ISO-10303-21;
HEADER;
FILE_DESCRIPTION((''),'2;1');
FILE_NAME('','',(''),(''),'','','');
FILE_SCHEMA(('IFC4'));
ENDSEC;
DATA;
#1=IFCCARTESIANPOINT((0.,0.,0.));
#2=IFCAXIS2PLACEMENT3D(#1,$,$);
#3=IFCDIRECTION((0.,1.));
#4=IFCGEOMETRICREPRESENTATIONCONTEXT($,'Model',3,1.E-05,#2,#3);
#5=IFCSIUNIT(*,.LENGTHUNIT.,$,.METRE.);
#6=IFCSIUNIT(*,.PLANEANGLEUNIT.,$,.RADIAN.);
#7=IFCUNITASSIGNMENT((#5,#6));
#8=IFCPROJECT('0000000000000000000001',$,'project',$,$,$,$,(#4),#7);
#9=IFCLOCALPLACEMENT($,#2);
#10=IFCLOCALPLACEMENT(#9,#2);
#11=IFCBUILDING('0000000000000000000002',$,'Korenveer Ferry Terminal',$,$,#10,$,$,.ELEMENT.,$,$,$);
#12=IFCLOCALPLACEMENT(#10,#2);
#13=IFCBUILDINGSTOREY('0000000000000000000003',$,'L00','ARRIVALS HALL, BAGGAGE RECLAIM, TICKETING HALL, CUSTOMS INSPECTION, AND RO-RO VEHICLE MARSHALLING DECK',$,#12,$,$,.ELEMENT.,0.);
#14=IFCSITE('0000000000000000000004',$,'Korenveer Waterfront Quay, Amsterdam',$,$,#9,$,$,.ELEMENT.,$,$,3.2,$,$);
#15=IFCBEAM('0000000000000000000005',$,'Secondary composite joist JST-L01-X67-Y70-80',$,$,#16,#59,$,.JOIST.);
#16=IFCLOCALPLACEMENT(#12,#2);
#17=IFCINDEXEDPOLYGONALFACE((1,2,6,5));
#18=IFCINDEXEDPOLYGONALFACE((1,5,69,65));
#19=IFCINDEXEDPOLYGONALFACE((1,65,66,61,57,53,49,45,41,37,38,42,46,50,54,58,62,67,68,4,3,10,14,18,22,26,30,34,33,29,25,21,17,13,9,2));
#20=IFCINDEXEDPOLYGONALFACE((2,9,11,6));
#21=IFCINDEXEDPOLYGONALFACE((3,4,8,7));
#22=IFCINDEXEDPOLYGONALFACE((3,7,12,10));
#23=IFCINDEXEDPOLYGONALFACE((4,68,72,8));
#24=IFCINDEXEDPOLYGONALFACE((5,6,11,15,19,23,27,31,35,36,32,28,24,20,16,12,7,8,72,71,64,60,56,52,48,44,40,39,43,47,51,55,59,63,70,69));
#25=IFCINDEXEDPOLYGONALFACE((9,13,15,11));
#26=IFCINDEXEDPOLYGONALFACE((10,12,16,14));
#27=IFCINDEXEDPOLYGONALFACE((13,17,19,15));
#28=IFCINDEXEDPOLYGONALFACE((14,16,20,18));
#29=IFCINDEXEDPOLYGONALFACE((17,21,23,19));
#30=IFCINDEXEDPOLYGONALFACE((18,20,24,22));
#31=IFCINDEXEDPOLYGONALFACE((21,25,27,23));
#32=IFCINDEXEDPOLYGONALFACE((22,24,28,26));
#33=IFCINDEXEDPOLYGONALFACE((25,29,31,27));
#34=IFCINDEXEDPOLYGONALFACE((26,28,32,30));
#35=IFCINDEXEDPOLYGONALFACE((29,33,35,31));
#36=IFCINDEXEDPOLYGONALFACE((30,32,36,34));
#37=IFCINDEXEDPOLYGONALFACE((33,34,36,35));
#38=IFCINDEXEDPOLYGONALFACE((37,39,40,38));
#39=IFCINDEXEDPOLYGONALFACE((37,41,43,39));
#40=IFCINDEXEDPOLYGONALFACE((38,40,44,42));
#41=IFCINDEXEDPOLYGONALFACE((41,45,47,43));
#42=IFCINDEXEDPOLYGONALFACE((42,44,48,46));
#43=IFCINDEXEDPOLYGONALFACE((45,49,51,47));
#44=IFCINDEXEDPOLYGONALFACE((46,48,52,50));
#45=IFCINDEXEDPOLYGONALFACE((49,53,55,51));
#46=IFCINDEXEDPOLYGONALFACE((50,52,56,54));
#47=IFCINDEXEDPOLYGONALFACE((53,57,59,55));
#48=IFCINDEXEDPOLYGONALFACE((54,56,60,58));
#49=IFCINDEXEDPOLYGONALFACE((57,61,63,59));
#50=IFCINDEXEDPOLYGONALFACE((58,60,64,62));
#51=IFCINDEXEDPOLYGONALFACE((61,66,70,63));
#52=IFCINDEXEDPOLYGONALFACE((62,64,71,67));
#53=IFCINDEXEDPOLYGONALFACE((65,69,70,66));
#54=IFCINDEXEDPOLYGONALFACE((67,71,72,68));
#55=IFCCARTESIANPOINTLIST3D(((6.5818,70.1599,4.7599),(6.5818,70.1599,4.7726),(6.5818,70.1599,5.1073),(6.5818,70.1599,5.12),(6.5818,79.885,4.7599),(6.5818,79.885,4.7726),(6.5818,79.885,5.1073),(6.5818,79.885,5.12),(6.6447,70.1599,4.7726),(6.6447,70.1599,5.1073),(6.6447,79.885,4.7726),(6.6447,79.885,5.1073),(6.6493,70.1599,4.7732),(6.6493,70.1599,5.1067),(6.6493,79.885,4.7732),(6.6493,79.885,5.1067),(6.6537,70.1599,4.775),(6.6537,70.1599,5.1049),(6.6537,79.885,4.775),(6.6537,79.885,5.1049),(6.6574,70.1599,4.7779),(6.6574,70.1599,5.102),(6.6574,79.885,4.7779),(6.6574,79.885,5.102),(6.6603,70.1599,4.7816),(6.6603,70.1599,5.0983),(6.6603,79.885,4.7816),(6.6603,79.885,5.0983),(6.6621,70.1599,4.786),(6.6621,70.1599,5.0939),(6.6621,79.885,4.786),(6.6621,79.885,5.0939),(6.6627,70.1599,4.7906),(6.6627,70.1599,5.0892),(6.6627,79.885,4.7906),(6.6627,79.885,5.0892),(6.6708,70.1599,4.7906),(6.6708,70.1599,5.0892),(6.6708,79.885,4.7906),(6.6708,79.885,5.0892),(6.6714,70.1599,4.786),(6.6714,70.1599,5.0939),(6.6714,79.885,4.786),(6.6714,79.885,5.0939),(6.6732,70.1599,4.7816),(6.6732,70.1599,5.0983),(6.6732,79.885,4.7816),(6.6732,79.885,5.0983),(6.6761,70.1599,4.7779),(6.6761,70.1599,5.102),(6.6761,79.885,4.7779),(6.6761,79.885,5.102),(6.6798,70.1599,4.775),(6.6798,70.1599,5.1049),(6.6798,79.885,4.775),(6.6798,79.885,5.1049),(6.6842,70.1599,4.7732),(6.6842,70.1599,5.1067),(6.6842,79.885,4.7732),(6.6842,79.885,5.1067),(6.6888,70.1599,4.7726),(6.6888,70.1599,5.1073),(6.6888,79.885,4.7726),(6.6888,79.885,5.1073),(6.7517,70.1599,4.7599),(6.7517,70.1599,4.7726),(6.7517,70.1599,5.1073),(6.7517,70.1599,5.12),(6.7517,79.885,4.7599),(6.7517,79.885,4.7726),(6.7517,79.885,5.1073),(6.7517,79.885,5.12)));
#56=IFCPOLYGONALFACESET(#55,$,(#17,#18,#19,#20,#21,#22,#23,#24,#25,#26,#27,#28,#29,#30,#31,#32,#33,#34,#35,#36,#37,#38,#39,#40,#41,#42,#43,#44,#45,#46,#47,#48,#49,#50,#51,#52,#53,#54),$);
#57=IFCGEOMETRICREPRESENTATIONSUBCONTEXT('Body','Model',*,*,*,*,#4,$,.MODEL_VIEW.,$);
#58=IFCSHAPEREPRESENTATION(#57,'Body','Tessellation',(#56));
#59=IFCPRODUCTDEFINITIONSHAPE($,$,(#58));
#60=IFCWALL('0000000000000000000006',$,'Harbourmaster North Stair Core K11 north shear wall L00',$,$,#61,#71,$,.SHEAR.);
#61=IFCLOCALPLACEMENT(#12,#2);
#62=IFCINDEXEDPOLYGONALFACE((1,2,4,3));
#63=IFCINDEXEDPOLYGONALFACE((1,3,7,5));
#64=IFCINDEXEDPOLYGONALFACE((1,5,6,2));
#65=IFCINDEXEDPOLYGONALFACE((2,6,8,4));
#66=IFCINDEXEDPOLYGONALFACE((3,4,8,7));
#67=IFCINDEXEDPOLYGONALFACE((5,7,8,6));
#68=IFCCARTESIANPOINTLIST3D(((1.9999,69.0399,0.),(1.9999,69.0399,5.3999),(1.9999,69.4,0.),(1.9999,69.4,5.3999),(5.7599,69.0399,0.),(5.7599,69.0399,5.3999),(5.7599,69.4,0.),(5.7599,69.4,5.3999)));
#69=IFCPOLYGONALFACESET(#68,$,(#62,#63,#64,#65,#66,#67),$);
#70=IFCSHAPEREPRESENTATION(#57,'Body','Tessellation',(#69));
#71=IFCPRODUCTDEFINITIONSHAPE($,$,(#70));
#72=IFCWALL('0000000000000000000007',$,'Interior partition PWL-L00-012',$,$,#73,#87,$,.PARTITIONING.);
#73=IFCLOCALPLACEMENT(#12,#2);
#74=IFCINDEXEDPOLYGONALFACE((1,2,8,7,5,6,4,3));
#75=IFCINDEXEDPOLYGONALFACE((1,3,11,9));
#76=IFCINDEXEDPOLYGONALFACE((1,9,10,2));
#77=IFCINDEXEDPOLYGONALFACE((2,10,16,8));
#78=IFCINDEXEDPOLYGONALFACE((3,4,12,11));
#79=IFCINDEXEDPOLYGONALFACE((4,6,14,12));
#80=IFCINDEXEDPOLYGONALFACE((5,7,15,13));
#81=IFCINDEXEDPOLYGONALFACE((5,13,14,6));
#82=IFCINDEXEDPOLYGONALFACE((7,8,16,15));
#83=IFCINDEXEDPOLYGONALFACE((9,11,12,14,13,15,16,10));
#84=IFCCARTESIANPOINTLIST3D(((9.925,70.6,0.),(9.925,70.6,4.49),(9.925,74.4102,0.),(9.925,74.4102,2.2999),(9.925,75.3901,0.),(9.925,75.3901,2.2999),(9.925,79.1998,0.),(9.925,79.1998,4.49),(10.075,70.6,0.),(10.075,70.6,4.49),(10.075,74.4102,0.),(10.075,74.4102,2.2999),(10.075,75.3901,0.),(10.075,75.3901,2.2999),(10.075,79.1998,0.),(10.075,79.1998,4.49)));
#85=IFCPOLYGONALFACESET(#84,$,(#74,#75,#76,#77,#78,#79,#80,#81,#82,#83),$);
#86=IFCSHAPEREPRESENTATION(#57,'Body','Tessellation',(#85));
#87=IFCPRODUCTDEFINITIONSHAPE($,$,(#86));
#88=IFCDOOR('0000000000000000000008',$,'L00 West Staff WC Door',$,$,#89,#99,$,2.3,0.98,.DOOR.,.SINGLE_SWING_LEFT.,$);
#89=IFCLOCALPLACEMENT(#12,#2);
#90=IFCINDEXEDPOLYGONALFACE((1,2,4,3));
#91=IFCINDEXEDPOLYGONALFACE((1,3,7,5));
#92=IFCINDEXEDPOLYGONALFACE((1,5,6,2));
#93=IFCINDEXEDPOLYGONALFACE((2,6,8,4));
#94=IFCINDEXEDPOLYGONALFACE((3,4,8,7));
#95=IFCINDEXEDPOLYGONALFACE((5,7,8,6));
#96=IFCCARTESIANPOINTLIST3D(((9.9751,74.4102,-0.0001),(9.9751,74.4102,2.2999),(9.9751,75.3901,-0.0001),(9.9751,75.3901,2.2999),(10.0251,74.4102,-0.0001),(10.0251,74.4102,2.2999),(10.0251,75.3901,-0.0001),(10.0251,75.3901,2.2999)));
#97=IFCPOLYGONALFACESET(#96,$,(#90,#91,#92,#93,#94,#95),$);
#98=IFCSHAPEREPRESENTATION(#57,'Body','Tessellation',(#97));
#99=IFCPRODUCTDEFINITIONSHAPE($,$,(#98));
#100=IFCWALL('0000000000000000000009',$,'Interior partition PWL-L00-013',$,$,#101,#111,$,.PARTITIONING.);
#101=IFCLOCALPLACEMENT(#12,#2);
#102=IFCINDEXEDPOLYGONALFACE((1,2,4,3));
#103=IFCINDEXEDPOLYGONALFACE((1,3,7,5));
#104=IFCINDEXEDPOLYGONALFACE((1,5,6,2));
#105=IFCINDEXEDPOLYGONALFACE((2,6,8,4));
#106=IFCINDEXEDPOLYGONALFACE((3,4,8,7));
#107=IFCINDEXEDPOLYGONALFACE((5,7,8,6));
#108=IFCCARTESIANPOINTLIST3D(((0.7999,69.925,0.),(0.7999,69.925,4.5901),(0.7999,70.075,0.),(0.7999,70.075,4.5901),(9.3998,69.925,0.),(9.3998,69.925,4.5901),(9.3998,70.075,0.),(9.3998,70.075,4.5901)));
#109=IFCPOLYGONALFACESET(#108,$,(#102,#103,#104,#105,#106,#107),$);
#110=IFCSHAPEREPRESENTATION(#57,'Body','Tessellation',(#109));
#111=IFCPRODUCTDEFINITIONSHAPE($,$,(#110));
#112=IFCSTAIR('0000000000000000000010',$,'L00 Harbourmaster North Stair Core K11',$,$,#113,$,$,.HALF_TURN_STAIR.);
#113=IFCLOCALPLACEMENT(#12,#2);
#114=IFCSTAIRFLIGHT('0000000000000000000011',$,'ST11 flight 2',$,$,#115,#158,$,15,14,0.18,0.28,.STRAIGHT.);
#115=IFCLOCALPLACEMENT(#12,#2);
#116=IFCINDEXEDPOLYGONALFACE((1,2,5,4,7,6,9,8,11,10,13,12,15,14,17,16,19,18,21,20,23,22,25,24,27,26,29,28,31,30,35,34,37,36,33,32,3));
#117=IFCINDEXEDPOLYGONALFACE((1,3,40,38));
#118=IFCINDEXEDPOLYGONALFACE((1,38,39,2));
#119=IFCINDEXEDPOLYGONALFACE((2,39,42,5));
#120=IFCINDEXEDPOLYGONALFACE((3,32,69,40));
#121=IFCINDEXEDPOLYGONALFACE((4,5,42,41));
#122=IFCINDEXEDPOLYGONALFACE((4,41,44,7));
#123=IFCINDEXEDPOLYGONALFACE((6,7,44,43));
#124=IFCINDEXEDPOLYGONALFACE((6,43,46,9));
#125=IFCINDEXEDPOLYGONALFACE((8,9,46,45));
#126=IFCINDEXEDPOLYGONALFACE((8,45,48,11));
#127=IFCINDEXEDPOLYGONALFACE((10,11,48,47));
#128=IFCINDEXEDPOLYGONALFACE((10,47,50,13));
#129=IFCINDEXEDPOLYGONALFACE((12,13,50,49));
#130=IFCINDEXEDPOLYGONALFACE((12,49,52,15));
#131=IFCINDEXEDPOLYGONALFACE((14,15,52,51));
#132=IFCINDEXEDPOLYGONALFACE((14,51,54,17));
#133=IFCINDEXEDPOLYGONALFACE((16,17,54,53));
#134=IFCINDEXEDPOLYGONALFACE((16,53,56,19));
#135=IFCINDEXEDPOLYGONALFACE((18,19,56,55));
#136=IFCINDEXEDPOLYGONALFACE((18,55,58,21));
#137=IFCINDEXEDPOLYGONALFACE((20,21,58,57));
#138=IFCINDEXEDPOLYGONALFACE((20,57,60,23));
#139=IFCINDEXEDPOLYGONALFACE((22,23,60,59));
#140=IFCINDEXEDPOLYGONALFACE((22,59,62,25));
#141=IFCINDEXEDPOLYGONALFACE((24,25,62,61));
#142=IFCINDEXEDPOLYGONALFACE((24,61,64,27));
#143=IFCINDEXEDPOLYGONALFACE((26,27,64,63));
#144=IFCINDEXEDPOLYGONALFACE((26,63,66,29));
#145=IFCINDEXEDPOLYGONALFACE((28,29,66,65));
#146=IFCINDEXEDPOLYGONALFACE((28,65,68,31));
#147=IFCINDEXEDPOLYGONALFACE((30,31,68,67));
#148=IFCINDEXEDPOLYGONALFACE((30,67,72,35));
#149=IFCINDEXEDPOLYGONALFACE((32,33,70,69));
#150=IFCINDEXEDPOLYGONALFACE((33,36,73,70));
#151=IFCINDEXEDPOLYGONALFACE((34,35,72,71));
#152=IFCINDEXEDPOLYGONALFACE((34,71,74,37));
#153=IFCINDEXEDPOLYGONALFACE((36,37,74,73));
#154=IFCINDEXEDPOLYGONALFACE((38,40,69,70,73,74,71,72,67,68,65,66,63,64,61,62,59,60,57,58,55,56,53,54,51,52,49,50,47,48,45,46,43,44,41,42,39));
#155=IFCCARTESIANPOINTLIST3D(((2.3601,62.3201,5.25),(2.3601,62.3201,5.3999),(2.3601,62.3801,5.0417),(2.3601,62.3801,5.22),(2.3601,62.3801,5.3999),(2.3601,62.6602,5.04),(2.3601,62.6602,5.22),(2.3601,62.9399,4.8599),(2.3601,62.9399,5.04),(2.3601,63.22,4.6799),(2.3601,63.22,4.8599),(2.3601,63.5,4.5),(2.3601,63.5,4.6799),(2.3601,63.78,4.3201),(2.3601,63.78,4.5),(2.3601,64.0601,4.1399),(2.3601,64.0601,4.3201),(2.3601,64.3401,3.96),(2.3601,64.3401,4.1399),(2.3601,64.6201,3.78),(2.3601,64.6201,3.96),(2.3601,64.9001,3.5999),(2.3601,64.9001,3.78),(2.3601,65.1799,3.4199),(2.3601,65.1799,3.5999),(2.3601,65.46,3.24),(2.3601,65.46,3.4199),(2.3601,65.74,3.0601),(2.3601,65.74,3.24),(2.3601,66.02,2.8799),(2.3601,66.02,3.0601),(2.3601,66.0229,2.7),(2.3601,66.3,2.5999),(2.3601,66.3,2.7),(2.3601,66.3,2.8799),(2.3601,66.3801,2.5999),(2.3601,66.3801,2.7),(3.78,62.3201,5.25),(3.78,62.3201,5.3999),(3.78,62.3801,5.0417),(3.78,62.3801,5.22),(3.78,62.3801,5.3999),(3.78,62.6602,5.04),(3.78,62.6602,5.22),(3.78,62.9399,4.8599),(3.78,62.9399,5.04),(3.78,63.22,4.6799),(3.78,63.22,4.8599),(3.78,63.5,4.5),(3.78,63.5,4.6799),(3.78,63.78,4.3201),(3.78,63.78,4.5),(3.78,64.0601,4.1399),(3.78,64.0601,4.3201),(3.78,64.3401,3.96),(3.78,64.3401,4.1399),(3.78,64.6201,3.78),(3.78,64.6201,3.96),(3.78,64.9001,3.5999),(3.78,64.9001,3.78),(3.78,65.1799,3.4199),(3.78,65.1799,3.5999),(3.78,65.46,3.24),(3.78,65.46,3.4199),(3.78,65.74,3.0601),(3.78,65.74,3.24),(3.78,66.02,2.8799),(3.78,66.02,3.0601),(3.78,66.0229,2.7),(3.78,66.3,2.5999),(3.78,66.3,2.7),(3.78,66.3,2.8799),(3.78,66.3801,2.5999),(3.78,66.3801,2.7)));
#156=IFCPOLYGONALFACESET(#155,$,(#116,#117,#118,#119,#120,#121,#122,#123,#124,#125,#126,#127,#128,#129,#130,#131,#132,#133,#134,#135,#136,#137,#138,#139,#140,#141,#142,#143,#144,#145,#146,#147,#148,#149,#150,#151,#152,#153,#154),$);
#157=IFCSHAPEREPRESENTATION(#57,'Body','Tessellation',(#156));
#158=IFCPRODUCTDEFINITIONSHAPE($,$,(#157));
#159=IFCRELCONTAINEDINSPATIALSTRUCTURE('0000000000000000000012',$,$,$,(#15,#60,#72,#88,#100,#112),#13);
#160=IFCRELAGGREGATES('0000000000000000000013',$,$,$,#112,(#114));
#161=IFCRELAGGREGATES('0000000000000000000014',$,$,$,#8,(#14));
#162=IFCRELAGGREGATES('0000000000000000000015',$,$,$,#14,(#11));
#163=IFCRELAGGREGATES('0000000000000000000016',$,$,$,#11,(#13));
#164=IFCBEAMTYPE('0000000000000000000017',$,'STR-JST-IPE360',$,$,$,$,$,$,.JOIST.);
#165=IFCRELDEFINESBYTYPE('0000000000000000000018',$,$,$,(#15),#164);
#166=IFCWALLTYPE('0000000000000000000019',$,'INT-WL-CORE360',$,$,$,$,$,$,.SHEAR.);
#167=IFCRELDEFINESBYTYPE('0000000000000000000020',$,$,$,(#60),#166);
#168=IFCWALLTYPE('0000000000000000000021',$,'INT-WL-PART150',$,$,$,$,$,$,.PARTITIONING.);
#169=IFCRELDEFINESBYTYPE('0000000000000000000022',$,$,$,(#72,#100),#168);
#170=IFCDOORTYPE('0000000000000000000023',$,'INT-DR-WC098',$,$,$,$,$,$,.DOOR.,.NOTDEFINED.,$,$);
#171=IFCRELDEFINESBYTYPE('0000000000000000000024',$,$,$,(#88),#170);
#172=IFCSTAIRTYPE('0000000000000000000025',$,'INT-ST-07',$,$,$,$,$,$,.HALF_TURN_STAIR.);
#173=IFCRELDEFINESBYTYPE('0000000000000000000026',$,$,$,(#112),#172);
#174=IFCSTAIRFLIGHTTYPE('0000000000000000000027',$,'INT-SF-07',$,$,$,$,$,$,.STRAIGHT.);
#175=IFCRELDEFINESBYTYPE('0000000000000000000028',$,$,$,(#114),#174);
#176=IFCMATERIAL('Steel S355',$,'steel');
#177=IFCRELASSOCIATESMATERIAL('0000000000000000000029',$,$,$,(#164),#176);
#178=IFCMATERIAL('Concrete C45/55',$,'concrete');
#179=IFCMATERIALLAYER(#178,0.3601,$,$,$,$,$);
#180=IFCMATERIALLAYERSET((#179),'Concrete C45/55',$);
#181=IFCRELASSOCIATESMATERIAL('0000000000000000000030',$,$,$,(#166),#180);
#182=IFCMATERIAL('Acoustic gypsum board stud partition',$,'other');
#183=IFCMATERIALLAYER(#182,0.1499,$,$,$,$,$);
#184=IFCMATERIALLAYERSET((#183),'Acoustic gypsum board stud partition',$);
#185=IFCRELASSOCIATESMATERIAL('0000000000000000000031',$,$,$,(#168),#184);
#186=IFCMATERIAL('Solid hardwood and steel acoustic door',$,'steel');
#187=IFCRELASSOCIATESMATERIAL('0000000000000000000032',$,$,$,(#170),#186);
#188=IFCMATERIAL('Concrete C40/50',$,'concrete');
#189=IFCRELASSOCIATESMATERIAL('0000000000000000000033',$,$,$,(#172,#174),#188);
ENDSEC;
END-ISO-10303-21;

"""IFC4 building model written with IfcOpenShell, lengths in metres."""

from ifc_helpers import new_model, si_unit, direction, frame, frame_2d, origin, origin_2d, place, context, subcontext, project, spatial, polyline, rectangle, i_section, outline, extrude, material, layer, layer_set, material_profile, profile_set, type_object, element, fill, aggregate, save


model = new_model("IFC4")

# Units and contexts
model_context = context("Model", 3, precision=1e-05, world=origin(), true_north=direction((0.0, 1.0)))
body_context = subcontext(model_context, "Body", "Model", "MODEL_VIEW")
ifc_project = project(units=[si_unit("LENGTHUNIT", "METRE"), si_unit("PLANEANGLEUNIT", "RADIAN")], contexts=[model_context])

# Site, building, storey
site_placement = place(None, origin())
site = spatial("IfcSite", under=ifc_project, at=site_placement, Name="Korenveer Waterfront Quay, Amsterdam", CompositionType="ELEMENT", RefElevation=3.2)
building_placement = place(site_placement, origin())
building = spatial("IfcBuilding", under=site, at=building_placement, Name="Korenveer Ferry Terminal", CompositionType="ELEMENT")
storey_placement = place(building_placement, origin())
storey = spatial("IfcBuildingStorey", under=building, at=storey_placement, Name="L00", Description="ARRIVALS HALL, BAGGAGE RECLAIM, TICKETING HALL, CUSTOMS INSPECTION, AND RO-RO VEHICLE MARSHALLING DECK", CompositionType="ELEMENT", Elevation=0.0)

# Shared definitions
ifc_material_1 = material(Name="Concrete C45/55", Category="concrete")

# Shared definitions
ifc_material_2 = material(Name="Concrete C40/50", Category="concrete")

# Beam
ifc_material_3 = material(Name="Steel S355", Category="steel")
ifc_material_profile_1 = material_profile(ifc_material_3, i_section(OverallWidth=0.1699, OverallDepth=0.3601, WebThickness=0.0081, FlangeThickness=0.0127, FilletRadius=0.0181, at=origin_2d()), Name="IPE 360")
ifc_profile_set_1 = profile_set([ifc_material_profile_1], Name="Steel S355")
beam_type_1 = type_object("IfcBeamType", Name="STR-JST-IPE360", PredefinedType="JOIST", material=ifc_profile_set_1)
for number, where, z_axis, x_axis, name in (
    (1, (6.6667, 70.1599, 4.9399), (0.0, 1.0, 0.0), (-1.0, 0.0, 0.0), "Secondary composite joist JST-L01-X67-Y70-80"),
):
    element("IfcBeam", number, at=place(storey_placement, frame(where, z_axis=z_axis, x_axis=x_axis)), inside=storey, type_object=beam_type_1, Name=name, PredefinedType="JOIST", context=body_context, shape_type="SweptSolid", body=[
        extrude(i_section(OverallWidth=0.1699, OverallDepth=0.3601, WebThickness=0.0081, FlangeThickness=0.0127, FilletRadius=0.0181, at=origin_2d()), origin(), (0.0, 0.0, 1.0), 9.7251),
    ])

# Wall
ifc_layer_1 = layer(ifc_material_1, 0.3601)
ifc_layer_set_1 = layer_set([ifc_layer_1], Name="Concrete C45/55")
wall_type_1 = type_object("IfcWallType", Name="INT-WL-CORE360", PredefinedType="SHEAR", material=ifc_layer_set_1)
wall_1_placement = place(storey_placement, frame((2.0, 69.22, 0.0), z_axis=(0.0, 0.0, 1.0), x_axis=(1.0, 0.0, 0.0)))
element("IfcWall", 2, at=wall_1_placement, inside=storey, type_object=wall_type_1, Name="Harbourmaster North Stair Core K11 north shear wall L00", PredefinedType="SHEAR", context=body_context, shape_type="SweptSolid", body=[
    extrude(rectangle(XDim=3.76, YDim=0.3601, at=frame_2d((1.8799, 0.0))), origin(), (0.0, 0.0, 1.0), 5.3999),
])

# Wall, opening, door
ifc_material_4 = material(Name="Acoustic gypsum board stud partition", Category="other")
ifc_layer_2 = layer(ifc_material_4, 0.1499)
ifc_layer_set_2 = layer_set([ifc_layer_2], Name="Acoustic gypsum board stud partition")
wall_type_2 = type_object("IfcWallType", Name="INT-WL-PART150", PredefinedType="PARTITIONING", material=ifc_layer_set_2)
wall_2_placement = place(storey_placement, frame((10.0, 70.6001, 0.0), z_axis=(0.0, 0.0, 1.0), x_axis=(0.0, 1.0, 0.0)))
wall_2 = element("IfcWall", 3, at=wall_2_placement, inside=storey, type_object=wall_type_2, Name="Interior partition PWL-L00-012", PredefinedType="PARTITIONING", context=body_context, shape_type="SweptSolid", body=[
    extrude(rectangle(XDim=8.5999, YDim=0.1499, at=frame_2d((4.2998, 0.0))), origin(), (0.0, 0.0, 1.0), 4.49),
])
opening_placement = place(wall_2_placement, frame((3.8101, 0.0, 0.0)))
opening = element("IfcOpeningElement", 4, at=opening_placement, cuts=wall_2, PredefinedType="OPENING", context=body_context, shape_type="SweptSolid", body=[
    extrude(rectangle(XDim=0.98, YDim=2.3, at=frame_2d((0.49, 1.1499))), frame((0.0, 0.085, 0.0), z_axis=(0.0, -1.0, 0.0), x_axis=(1.0, 0.0, 0.0)), (0.0, 0.0, 1.0), 0.1699),
])
ifc_material_5 = material(Name="Solid hardwood and steel acoustic door", Category="steel")
door_type = type_object("IfcDoorType", Name="INT-DR-WC098", OperationType="NOTDEFINED", PredefinedType="DOOR", material=ifc_material_5)
door_placement = place(opening_placement, origin())
door = element("IfcDoor", 5, at=door_placement, inside=storey, type_object=door_type, Name="L00 West Staff WC Door", OperationType="SINGLE_SWING_LEFT", OverallHeight=2.3, OverallWidth=0.98, PredefinedType="DOOR", context=body_context, shape_type="SweptSolid", body=[
    extrude(rectangle(XDim=0.98, YDim=2.3, at=frame_2d((0.49, 1.1499))), frame((0.0, 0.0249, 0.0), z_axis=(0.0, -1.0, 0.0), x_axis=(1.0, 0.0, 0.0)), (0.0, 0.0, 1.0), 0.05),
])
fill(opening, door)

# Wall
wall_3_placement = place(storey_placement, frame((0.8, 70.0, 0.0), z_axis=(0.0, 0.0, 1.0), x_axis=(1.0, 0.0, 0.0)))
element("IfcWall", 6, at=wall_3_placement, inside=storey, type_object=wall_type_2, Name="Interior partition PWL-L00-013", PredefinedType="PARTITIONING", context=body_context, shape_type="SweptSolid", body=[
    extrude(rectangle(XDim=8.5999, YDim=0.1499, at=frame_2d((4.2998, 0.0))), origin(), (0.0, 0.0, 1.0), 4.5901),
])

# Stair, stair flight
stair_type = type_object("IfcStairType", Name="INT-ST-07", PredefinedType="HALF_TURN_STAIR", material=ifc_material_2)
stair_placement = place(storey_placement, frame((4.6899, 62.3799, 0.0)))
stair = element("IfcStair", 7, at=stair_placement, inside=storey, type_object=stair_type, Name="L00 Harbourmaster North Stair Core K11", PredefinedType="HALF_TURN_STAIR")
stair_flight_type = type_object("IfcStairFlightType", Name="INT-SF-07", PredefinedType="STRAIGHT", material=ifc_material_2)
stair_flight_placement = place(storey_placement, frame((3.0701, 66.3, 2.7), z_axis=(0.0, 0.0, 1.0), x_axis=(0.0, -1.0, 0.0)))
stair_flight = element("IfcStairFlight", 8, at=stair_flight_placement, type_object=stair_flight_type, Name="ST11 flight 2", NumberOfRisers=15, NumberOfTreads=14, PredefinedType="STRAIGHT", RiserHeight=0.18, TreadLength=0.28, context=body_context, shape_type="SweptSolid", body=[
    extrude(outline(polyline([(-0.0801, 0.0), (0.0, 0.0), (0.0, 0.1799), (0.28, 0.1799), (0.28, 0.3601), (0.5601, 0.3601), (0.5601, 0.54), (0.8401, 0.54), (0.8401, 0.72), (1.1201, 0.72), (1.1201, 0.8999), (1.3999, 0.8999), (1.3999, 1.0801), (1.6799, 1.0801), (1.6799, 1.26), (1.96, 1.26), (1.96, 1.4399), (2.24, 1.4399), (2.24, 1.6201), (2.52, 1.6201), (2.52, 1.8), (2.8, 1.8), (2.8, 1.98), (3.0801, 1.98), (3.0801, 2.1599), (3.3601, 2.1599), (3.3601, 2.3401), (3.6399, 2.3401), (3.6399, 2.52), (3.9199, 2.52), (3.9199, 2.7), (3.98, 2.7), (3.98, 2.55), (3.9199, 2.3418), (0.2771, 0.0), (0.0, -0.1001), (-0.0801, -0.1001), (-0.0801, 0.0)])), frame((0.0, 0.71, 0.0), z_axis=(0.0, -1.0, 0.0), x_axis=(1.0, 0.0, 0.0)), (0.0, 0.0, 1.0), 1.4199),
])
aggregate(stair, [stair_flight])

save(model, "model.ifc")
